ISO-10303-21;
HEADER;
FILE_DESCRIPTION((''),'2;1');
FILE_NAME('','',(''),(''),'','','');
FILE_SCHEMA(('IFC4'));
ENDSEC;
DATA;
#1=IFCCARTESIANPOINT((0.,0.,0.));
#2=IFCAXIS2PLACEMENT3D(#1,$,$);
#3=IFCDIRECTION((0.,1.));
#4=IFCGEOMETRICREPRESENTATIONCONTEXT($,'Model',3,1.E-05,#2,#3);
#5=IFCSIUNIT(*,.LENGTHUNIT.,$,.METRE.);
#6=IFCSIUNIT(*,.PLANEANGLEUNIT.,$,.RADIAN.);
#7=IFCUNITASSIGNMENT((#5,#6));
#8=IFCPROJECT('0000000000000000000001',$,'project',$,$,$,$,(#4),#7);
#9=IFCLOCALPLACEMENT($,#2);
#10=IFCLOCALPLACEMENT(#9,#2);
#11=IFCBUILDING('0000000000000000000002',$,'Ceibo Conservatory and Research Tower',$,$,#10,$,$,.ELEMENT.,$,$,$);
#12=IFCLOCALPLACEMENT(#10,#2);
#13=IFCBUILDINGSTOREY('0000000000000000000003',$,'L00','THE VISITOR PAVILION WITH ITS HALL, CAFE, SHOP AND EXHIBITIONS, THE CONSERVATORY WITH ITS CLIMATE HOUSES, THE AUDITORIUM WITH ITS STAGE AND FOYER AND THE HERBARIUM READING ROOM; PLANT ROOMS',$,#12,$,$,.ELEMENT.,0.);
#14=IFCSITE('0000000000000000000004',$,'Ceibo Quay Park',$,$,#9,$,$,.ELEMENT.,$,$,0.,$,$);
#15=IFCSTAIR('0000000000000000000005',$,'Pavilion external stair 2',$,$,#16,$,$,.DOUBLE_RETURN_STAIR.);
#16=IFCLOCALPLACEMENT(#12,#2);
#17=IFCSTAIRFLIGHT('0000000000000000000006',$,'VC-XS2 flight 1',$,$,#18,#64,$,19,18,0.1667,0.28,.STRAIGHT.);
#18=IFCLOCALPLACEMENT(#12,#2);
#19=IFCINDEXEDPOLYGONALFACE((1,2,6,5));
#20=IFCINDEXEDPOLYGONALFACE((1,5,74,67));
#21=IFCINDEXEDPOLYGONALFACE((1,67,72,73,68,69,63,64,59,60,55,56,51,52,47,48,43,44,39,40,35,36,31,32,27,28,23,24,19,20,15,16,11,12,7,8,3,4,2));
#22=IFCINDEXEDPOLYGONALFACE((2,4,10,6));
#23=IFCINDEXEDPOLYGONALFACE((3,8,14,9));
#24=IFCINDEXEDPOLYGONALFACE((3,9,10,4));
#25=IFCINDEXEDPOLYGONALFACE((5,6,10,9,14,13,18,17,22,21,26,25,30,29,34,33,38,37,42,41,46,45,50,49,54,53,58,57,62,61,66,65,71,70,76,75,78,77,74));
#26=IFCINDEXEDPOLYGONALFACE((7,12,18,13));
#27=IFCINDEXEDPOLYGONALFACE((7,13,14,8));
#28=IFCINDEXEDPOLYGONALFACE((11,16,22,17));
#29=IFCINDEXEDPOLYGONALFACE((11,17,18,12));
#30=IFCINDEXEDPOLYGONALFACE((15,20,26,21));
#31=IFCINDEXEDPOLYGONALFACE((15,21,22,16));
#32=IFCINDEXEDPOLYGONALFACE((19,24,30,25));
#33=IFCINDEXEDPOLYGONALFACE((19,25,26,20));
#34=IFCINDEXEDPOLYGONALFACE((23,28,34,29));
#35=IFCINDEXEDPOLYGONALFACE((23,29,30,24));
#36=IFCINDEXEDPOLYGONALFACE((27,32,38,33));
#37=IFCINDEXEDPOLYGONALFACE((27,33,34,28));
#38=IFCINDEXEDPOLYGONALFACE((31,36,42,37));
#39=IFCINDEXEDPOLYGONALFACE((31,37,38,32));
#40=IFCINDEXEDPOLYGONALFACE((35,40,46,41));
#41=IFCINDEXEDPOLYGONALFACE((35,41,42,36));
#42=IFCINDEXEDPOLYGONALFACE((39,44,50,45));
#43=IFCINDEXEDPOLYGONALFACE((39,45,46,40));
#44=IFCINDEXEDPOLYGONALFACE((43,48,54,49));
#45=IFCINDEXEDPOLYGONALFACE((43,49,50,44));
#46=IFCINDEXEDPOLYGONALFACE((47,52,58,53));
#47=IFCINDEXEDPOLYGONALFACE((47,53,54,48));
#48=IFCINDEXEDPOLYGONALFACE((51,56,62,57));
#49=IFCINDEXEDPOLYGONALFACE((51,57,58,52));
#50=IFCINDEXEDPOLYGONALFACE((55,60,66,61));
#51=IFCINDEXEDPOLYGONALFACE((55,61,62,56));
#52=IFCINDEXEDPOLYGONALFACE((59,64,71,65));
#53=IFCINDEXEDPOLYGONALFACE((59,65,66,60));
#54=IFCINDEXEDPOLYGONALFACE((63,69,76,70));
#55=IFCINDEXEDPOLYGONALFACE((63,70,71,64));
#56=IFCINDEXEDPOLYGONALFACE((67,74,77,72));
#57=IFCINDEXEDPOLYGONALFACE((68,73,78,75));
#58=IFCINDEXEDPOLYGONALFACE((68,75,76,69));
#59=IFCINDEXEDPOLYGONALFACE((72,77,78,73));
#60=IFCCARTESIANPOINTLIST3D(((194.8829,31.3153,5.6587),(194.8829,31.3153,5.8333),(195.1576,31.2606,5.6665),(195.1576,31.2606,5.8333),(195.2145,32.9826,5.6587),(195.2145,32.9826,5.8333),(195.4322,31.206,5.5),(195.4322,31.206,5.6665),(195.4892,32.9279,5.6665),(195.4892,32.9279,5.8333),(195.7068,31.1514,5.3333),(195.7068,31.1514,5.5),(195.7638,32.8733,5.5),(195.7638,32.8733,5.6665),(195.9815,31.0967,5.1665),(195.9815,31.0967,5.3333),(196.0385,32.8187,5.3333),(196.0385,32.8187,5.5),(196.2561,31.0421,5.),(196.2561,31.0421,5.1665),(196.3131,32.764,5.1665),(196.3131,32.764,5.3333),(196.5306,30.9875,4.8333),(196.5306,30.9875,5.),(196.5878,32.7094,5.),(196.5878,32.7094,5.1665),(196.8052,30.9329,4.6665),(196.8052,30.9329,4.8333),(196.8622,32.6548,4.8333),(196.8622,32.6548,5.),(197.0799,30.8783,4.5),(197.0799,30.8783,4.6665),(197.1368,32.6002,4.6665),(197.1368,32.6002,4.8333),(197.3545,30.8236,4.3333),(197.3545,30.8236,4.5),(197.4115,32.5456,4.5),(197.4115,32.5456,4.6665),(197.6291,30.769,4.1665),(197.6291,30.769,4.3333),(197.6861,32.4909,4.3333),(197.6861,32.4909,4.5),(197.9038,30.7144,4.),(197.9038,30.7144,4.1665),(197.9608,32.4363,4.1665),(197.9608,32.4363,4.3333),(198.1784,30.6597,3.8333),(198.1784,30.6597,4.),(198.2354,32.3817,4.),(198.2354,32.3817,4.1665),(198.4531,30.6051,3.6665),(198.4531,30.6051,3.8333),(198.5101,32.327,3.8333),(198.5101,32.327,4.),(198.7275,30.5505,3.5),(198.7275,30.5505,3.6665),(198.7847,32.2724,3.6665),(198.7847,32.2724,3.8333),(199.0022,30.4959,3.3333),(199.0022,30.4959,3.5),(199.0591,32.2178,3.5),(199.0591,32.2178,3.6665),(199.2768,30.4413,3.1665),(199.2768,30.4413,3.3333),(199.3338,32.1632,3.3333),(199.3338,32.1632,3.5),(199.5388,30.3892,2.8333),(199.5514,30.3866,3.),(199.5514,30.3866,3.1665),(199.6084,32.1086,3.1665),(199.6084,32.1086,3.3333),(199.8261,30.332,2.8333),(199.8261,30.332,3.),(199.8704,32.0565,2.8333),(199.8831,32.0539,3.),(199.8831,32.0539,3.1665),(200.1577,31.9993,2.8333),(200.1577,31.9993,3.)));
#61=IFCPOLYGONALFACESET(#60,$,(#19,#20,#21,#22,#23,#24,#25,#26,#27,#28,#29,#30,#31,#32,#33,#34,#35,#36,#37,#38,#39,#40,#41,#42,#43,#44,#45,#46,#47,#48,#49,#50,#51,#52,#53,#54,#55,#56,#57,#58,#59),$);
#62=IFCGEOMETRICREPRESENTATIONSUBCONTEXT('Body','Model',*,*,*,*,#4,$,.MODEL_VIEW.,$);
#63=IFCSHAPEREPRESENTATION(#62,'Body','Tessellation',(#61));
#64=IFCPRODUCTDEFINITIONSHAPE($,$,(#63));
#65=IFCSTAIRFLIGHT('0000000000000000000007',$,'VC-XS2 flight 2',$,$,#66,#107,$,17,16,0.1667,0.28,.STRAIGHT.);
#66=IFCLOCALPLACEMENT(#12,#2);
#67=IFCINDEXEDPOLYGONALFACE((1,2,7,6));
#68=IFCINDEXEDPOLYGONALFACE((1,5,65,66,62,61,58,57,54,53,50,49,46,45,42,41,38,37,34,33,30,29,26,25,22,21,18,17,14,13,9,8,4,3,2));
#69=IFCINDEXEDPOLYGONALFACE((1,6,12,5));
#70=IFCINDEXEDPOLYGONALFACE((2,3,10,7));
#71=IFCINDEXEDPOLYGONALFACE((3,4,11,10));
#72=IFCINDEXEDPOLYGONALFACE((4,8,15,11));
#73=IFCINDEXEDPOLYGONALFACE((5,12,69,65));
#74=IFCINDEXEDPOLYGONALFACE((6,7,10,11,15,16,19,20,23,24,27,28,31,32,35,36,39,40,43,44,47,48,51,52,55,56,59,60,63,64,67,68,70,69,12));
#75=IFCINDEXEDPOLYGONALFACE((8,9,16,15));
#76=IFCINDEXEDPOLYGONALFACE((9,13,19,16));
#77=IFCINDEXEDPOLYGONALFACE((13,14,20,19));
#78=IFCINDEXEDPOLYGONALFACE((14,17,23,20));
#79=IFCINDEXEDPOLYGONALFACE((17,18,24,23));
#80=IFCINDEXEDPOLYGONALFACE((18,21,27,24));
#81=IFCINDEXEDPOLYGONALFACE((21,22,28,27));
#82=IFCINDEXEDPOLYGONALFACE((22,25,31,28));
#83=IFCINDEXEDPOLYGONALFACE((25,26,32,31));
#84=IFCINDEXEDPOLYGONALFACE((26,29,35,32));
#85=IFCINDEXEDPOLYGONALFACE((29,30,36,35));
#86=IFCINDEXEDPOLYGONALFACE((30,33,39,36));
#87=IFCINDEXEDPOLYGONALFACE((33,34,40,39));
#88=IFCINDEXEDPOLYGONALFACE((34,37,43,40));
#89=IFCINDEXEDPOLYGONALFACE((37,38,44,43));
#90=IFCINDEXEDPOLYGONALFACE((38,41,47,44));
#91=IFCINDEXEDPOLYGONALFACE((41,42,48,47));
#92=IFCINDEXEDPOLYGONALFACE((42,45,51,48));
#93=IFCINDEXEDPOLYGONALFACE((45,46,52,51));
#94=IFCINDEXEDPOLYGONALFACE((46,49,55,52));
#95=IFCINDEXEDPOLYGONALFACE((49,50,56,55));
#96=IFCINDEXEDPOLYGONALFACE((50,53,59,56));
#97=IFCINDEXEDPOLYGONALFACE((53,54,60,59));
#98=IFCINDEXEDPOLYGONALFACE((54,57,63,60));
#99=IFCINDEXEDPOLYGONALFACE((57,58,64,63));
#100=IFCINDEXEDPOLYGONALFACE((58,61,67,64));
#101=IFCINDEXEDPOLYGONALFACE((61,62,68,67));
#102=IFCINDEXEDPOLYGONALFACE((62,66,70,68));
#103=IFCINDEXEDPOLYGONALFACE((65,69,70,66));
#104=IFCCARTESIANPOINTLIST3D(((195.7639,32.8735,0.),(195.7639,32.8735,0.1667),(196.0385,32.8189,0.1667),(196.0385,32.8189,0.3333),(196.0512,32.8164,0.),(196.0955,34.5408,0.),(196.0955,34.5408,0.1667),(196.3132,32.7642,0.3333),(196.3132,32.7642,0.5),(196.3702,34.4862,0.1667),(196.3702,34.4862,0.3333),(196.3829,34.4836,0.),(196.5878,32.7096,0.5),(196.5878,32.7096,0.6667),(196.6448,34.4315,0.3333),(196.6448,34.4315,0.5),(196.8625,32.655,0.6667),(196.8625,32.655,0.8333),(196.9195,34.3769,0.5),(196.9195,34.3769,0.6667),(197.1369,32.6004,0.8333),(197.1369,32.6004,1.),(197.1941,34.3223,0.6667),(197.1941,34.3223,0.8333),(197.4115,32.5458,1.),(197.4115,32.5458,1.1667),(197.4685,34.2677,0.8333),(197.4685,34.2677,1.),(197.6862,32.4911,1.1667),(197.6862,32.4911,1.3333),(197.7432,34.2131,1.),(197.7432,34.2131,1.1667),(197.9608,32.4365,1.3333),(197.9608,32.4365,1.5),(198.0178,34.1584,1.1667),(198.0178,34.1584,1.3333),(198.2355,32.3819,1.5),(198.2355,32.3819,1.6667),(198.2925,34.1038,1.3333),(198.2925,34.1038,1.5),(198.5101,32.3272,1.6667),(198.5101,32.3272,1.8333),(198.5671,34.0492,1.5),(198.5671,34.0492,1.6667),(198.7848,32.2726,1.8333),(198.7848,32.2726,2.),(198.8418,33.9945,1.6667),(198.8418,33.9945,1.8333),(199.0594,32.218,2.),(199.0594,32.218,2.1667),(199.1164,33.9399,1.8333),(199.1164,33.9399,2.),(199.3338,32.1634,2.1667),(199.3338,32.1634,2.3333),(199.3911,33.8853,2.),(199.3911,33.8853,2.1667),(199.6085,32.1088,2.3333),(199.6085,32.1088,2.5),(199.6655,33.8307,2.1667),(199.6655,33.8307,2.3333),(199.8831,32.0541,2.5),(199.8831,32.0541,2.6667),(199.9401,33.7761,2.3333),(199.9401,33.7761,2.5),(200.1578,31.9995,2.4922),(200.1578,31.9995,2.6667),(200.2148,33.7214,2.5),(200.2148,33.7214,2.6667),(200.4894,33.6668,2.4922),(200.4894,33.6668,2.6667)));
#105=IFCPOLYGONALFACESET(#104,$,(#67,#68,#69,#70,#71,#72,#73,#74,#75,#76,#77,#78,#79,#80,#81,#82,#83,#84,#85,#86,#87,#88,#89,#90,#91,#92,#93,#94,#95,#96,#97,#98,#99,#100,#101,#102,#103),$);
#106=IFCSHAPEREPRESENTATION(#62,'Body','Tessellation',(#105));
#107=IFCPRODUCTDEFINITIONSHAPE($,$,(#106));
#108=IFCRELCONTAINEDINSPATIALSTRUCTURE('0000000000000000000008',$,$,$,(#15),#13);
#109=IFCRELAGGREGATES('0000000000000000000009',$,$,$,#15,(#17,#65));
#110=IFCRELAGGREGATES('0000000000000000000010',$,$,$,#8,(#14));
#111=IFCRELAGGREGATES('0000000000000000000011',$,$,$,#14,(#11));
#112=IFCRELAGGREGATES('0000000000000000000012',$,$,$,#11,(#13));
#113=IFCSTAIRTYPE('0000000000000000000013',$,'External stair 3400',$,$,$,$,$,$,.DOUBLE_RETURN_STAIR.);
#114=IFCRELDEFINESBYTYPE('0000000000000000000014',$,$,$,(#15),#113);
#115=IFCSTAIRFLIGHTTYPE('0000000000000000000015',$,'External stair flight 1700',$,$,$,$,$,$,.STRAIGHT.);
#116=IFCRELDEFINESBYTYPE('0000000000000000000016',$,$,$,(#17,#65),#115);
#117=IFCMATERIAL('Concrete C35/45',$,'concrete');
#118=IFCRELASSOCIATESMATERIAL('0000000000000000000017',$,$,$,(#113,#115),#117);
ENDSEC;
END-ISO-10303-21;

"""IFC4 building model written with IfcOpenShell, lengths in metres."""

from ifc_helpers import new_model, si_unit, direction, frame, origin, place, context, subcontext, project, spatial, polyline, outline, extrude, material, type_object, element, aggregate, save


model = new_model("IFC4")

# Units and contexts
model_context = context("Model", 3, precision=1e-05, world=origin(), true_north=direction((0.0, 1.0)))
body_context = subcontext(model_context, "Body", "Model", "MODEL_VIEW")
ifc_project = project(units=[si_unit("LENGTHUNIT", "METRE"), si_unit("PLANEANGLEUNIT", "RADIAN")], contexts=[model_context])

# Site, building, storey
site_placement = place(None, origin())
site = spatial("IfcSite", under=ifc_project, at=site_placement, Name="Ceibo Quay Park", CompositionType="ELEMENT", RefElevation=0.0)
building_placement = place(site_placement, origin())
building = spatial("IfcBuilding", under=site, at=building_placement, Name="Ceibo Conservatory and Research Tower", CompositionType="ELEMENT")
storey_placement = place(building_placement, origin())
storey = spatial("IfcBuildingStorey", under=building, at=storey_placement, Name="L00", Description="THE VISITOR PAVILION WITH ITS HALL, CAFE, SHOP AND EXHIBITIONS, THE CONSERVATORY WITH ITS CLIMATE HOUSES, THE AUDITORIUM WITH ITS STAGE AND FOYER AND THE HERBARIUM READING ROOM; PLANT ROOMS", CompositionType="ELEMENT", Elevation=0.0)

# Shared definitions
ifc_material_1 = material(Name="Concrete C35/45", Category="concrete")

# Stair
stair_type = type_object("IfcStairType", Name="External stair 3400", PredefinedType="DOUBLE_RETURN_STAIR", material=ifc_material_1)
stair_1_placement = place(storey_placement, origin())
stair_1 = element("IfcStair", 1, at=stair_1_placement, inside=storey, type_object=stair_type, Name="Pavilion external stair 2", PredefinedType="DOUBLE_RETURN_STAIR")

# Stair flights
stair_flight_type = type_object("IfcStairFlightType", Name="External stair flight 1700", PredefinedType="STRAIGHT", material=ifc_material_1)
stair_flight_1_placement = place(storey_placement, frame((199.9919, 31.1658, 2.8333), z_axis=(0.0, 0.0, 1.0), x_axis=(-0.980785, 0.19509, 0.0)))
stair_flight_1 = element("IfcStairFlight", 2, at=stair_flight_1_placement, type_object=stair_flight_type, Name="VC-XS2 flight 1", NumberOfRisers=19, NumberOfTreads=18, PredefinedType="STRAIGHT", RiserHeight=0.1667, TreadLength=0.28, context=body_context, shape_type="SweptSolid", body=[
    extrude(outline(polyline([(0.0, 0.0), (0.0, 0.1667), (0.28, 0.1667), (0.28, 0.3333), (0.5601, 0.3333), (0.5601, 0.5), (0.8401, 0.5), (0.8401, 0.6667), (1.1201, 0.6667), (1.1201, 0.8333), (1.3999, 0.8333), (1.3999, 1.0), (1.6799, 1.0), (1.6799, 1.1667), (1.96, 1.1667), (1.96, 1.3333), (2.24, 1.3333), (2.24, 1.5), (2.52, 1.5), (2.52, 1.6667), (2.8, 1.6667), (2.8, 1.8333), (3.0801, 1.8333), (3.0801, 2.0), (3.3601, 2.0), (3.3601, 2.1667), (3.6399, 2.1667), (3.6399, 2.3333), (3.9199, 2.3333), (3.9199, 2.5), (4.2, 2.5), (4.2, 2.6667), (4.48, 2.6667), (4.48, 2.8333), (4.76, 2.8333), (4.76, 3.0), (5.04, 3.0), (5.04, 3.1667), (5.04, 2.8254), (0.293, 0.0), (0.0, 0.0)])), frame((0.0, 0.8501, 0.0), z_axis=(0.0, -1.0, 0.0), x_axis=(1.0, 0.0, 0.0)), (0.0, 0.0, 1.0), 1.7),
])
stair_flight_2_placement = place(storey_placement, frame((195.9297, 33.707, 0.0), z_axis=(0.0, 0.0, 1.0), x_axis=(0.980785, -0.19509, 0.0)))
stair_flight_2 = element("IfcStairFlight", 3, at=stair_flight_2_placement, type_object=stair_flight_type, Name="VC-XS2 flight 2", NumberOfRisers=17, NumberOfTreads=16, PredefinedType="STRAIGHT", RiserHeight=0.1667, TreadLength=0.28, context=body_context, shape_type="SweptSolid", body=[
    extrude(outline(polyline([(0.0, 0.0), (0.0, 0.1667), (0.28, 0.1667), (0.28, 0.3333), (0.5601, 0.3333), (0.5601, 0.5), (0.8401, 0.5), (0.8401, 0.6667), (1.1201, 0.6667), (1.1201, 0.8333), (1.3999, 0.8333), (1.3999, 1.0), (1.6799, 1.0), (1.6799, 1.1667), (1.96, 1.1667), (1.96, 1.3333), (2.24, 1.3333), (2.24, 1.5), (2.52, 1.5), (2.52, 1.6667), (2.8, 1.6667), (2.8, 1.8333), (3.0801, 1.8333), (3.0801, 2.0), (3.3601, 2.0), (3.3601, 2.1667), (3.6399, 2.1667), (3.6399, 2.3333), (3.9199, 2.3333), (3.9199, 2.5), (4.2, 2.5), (4.2, 2.6667), (4.48, 2.6667), (4.48, 2.8333), (4.48, 2.4922), (0.293, 0.0), (0.0, 0.0)])), frame((0.0, 0.8501, 0.0), z_axis=(0.0, -1.0, 0.0), x_axis=(1.0, 0.0, 0.0)), (0.0, 0.0, 1.0), 1.7),
])
aggregate(stair_1, [stair_flight_1, stair_flight_2])

save(model, "model.ifc")
